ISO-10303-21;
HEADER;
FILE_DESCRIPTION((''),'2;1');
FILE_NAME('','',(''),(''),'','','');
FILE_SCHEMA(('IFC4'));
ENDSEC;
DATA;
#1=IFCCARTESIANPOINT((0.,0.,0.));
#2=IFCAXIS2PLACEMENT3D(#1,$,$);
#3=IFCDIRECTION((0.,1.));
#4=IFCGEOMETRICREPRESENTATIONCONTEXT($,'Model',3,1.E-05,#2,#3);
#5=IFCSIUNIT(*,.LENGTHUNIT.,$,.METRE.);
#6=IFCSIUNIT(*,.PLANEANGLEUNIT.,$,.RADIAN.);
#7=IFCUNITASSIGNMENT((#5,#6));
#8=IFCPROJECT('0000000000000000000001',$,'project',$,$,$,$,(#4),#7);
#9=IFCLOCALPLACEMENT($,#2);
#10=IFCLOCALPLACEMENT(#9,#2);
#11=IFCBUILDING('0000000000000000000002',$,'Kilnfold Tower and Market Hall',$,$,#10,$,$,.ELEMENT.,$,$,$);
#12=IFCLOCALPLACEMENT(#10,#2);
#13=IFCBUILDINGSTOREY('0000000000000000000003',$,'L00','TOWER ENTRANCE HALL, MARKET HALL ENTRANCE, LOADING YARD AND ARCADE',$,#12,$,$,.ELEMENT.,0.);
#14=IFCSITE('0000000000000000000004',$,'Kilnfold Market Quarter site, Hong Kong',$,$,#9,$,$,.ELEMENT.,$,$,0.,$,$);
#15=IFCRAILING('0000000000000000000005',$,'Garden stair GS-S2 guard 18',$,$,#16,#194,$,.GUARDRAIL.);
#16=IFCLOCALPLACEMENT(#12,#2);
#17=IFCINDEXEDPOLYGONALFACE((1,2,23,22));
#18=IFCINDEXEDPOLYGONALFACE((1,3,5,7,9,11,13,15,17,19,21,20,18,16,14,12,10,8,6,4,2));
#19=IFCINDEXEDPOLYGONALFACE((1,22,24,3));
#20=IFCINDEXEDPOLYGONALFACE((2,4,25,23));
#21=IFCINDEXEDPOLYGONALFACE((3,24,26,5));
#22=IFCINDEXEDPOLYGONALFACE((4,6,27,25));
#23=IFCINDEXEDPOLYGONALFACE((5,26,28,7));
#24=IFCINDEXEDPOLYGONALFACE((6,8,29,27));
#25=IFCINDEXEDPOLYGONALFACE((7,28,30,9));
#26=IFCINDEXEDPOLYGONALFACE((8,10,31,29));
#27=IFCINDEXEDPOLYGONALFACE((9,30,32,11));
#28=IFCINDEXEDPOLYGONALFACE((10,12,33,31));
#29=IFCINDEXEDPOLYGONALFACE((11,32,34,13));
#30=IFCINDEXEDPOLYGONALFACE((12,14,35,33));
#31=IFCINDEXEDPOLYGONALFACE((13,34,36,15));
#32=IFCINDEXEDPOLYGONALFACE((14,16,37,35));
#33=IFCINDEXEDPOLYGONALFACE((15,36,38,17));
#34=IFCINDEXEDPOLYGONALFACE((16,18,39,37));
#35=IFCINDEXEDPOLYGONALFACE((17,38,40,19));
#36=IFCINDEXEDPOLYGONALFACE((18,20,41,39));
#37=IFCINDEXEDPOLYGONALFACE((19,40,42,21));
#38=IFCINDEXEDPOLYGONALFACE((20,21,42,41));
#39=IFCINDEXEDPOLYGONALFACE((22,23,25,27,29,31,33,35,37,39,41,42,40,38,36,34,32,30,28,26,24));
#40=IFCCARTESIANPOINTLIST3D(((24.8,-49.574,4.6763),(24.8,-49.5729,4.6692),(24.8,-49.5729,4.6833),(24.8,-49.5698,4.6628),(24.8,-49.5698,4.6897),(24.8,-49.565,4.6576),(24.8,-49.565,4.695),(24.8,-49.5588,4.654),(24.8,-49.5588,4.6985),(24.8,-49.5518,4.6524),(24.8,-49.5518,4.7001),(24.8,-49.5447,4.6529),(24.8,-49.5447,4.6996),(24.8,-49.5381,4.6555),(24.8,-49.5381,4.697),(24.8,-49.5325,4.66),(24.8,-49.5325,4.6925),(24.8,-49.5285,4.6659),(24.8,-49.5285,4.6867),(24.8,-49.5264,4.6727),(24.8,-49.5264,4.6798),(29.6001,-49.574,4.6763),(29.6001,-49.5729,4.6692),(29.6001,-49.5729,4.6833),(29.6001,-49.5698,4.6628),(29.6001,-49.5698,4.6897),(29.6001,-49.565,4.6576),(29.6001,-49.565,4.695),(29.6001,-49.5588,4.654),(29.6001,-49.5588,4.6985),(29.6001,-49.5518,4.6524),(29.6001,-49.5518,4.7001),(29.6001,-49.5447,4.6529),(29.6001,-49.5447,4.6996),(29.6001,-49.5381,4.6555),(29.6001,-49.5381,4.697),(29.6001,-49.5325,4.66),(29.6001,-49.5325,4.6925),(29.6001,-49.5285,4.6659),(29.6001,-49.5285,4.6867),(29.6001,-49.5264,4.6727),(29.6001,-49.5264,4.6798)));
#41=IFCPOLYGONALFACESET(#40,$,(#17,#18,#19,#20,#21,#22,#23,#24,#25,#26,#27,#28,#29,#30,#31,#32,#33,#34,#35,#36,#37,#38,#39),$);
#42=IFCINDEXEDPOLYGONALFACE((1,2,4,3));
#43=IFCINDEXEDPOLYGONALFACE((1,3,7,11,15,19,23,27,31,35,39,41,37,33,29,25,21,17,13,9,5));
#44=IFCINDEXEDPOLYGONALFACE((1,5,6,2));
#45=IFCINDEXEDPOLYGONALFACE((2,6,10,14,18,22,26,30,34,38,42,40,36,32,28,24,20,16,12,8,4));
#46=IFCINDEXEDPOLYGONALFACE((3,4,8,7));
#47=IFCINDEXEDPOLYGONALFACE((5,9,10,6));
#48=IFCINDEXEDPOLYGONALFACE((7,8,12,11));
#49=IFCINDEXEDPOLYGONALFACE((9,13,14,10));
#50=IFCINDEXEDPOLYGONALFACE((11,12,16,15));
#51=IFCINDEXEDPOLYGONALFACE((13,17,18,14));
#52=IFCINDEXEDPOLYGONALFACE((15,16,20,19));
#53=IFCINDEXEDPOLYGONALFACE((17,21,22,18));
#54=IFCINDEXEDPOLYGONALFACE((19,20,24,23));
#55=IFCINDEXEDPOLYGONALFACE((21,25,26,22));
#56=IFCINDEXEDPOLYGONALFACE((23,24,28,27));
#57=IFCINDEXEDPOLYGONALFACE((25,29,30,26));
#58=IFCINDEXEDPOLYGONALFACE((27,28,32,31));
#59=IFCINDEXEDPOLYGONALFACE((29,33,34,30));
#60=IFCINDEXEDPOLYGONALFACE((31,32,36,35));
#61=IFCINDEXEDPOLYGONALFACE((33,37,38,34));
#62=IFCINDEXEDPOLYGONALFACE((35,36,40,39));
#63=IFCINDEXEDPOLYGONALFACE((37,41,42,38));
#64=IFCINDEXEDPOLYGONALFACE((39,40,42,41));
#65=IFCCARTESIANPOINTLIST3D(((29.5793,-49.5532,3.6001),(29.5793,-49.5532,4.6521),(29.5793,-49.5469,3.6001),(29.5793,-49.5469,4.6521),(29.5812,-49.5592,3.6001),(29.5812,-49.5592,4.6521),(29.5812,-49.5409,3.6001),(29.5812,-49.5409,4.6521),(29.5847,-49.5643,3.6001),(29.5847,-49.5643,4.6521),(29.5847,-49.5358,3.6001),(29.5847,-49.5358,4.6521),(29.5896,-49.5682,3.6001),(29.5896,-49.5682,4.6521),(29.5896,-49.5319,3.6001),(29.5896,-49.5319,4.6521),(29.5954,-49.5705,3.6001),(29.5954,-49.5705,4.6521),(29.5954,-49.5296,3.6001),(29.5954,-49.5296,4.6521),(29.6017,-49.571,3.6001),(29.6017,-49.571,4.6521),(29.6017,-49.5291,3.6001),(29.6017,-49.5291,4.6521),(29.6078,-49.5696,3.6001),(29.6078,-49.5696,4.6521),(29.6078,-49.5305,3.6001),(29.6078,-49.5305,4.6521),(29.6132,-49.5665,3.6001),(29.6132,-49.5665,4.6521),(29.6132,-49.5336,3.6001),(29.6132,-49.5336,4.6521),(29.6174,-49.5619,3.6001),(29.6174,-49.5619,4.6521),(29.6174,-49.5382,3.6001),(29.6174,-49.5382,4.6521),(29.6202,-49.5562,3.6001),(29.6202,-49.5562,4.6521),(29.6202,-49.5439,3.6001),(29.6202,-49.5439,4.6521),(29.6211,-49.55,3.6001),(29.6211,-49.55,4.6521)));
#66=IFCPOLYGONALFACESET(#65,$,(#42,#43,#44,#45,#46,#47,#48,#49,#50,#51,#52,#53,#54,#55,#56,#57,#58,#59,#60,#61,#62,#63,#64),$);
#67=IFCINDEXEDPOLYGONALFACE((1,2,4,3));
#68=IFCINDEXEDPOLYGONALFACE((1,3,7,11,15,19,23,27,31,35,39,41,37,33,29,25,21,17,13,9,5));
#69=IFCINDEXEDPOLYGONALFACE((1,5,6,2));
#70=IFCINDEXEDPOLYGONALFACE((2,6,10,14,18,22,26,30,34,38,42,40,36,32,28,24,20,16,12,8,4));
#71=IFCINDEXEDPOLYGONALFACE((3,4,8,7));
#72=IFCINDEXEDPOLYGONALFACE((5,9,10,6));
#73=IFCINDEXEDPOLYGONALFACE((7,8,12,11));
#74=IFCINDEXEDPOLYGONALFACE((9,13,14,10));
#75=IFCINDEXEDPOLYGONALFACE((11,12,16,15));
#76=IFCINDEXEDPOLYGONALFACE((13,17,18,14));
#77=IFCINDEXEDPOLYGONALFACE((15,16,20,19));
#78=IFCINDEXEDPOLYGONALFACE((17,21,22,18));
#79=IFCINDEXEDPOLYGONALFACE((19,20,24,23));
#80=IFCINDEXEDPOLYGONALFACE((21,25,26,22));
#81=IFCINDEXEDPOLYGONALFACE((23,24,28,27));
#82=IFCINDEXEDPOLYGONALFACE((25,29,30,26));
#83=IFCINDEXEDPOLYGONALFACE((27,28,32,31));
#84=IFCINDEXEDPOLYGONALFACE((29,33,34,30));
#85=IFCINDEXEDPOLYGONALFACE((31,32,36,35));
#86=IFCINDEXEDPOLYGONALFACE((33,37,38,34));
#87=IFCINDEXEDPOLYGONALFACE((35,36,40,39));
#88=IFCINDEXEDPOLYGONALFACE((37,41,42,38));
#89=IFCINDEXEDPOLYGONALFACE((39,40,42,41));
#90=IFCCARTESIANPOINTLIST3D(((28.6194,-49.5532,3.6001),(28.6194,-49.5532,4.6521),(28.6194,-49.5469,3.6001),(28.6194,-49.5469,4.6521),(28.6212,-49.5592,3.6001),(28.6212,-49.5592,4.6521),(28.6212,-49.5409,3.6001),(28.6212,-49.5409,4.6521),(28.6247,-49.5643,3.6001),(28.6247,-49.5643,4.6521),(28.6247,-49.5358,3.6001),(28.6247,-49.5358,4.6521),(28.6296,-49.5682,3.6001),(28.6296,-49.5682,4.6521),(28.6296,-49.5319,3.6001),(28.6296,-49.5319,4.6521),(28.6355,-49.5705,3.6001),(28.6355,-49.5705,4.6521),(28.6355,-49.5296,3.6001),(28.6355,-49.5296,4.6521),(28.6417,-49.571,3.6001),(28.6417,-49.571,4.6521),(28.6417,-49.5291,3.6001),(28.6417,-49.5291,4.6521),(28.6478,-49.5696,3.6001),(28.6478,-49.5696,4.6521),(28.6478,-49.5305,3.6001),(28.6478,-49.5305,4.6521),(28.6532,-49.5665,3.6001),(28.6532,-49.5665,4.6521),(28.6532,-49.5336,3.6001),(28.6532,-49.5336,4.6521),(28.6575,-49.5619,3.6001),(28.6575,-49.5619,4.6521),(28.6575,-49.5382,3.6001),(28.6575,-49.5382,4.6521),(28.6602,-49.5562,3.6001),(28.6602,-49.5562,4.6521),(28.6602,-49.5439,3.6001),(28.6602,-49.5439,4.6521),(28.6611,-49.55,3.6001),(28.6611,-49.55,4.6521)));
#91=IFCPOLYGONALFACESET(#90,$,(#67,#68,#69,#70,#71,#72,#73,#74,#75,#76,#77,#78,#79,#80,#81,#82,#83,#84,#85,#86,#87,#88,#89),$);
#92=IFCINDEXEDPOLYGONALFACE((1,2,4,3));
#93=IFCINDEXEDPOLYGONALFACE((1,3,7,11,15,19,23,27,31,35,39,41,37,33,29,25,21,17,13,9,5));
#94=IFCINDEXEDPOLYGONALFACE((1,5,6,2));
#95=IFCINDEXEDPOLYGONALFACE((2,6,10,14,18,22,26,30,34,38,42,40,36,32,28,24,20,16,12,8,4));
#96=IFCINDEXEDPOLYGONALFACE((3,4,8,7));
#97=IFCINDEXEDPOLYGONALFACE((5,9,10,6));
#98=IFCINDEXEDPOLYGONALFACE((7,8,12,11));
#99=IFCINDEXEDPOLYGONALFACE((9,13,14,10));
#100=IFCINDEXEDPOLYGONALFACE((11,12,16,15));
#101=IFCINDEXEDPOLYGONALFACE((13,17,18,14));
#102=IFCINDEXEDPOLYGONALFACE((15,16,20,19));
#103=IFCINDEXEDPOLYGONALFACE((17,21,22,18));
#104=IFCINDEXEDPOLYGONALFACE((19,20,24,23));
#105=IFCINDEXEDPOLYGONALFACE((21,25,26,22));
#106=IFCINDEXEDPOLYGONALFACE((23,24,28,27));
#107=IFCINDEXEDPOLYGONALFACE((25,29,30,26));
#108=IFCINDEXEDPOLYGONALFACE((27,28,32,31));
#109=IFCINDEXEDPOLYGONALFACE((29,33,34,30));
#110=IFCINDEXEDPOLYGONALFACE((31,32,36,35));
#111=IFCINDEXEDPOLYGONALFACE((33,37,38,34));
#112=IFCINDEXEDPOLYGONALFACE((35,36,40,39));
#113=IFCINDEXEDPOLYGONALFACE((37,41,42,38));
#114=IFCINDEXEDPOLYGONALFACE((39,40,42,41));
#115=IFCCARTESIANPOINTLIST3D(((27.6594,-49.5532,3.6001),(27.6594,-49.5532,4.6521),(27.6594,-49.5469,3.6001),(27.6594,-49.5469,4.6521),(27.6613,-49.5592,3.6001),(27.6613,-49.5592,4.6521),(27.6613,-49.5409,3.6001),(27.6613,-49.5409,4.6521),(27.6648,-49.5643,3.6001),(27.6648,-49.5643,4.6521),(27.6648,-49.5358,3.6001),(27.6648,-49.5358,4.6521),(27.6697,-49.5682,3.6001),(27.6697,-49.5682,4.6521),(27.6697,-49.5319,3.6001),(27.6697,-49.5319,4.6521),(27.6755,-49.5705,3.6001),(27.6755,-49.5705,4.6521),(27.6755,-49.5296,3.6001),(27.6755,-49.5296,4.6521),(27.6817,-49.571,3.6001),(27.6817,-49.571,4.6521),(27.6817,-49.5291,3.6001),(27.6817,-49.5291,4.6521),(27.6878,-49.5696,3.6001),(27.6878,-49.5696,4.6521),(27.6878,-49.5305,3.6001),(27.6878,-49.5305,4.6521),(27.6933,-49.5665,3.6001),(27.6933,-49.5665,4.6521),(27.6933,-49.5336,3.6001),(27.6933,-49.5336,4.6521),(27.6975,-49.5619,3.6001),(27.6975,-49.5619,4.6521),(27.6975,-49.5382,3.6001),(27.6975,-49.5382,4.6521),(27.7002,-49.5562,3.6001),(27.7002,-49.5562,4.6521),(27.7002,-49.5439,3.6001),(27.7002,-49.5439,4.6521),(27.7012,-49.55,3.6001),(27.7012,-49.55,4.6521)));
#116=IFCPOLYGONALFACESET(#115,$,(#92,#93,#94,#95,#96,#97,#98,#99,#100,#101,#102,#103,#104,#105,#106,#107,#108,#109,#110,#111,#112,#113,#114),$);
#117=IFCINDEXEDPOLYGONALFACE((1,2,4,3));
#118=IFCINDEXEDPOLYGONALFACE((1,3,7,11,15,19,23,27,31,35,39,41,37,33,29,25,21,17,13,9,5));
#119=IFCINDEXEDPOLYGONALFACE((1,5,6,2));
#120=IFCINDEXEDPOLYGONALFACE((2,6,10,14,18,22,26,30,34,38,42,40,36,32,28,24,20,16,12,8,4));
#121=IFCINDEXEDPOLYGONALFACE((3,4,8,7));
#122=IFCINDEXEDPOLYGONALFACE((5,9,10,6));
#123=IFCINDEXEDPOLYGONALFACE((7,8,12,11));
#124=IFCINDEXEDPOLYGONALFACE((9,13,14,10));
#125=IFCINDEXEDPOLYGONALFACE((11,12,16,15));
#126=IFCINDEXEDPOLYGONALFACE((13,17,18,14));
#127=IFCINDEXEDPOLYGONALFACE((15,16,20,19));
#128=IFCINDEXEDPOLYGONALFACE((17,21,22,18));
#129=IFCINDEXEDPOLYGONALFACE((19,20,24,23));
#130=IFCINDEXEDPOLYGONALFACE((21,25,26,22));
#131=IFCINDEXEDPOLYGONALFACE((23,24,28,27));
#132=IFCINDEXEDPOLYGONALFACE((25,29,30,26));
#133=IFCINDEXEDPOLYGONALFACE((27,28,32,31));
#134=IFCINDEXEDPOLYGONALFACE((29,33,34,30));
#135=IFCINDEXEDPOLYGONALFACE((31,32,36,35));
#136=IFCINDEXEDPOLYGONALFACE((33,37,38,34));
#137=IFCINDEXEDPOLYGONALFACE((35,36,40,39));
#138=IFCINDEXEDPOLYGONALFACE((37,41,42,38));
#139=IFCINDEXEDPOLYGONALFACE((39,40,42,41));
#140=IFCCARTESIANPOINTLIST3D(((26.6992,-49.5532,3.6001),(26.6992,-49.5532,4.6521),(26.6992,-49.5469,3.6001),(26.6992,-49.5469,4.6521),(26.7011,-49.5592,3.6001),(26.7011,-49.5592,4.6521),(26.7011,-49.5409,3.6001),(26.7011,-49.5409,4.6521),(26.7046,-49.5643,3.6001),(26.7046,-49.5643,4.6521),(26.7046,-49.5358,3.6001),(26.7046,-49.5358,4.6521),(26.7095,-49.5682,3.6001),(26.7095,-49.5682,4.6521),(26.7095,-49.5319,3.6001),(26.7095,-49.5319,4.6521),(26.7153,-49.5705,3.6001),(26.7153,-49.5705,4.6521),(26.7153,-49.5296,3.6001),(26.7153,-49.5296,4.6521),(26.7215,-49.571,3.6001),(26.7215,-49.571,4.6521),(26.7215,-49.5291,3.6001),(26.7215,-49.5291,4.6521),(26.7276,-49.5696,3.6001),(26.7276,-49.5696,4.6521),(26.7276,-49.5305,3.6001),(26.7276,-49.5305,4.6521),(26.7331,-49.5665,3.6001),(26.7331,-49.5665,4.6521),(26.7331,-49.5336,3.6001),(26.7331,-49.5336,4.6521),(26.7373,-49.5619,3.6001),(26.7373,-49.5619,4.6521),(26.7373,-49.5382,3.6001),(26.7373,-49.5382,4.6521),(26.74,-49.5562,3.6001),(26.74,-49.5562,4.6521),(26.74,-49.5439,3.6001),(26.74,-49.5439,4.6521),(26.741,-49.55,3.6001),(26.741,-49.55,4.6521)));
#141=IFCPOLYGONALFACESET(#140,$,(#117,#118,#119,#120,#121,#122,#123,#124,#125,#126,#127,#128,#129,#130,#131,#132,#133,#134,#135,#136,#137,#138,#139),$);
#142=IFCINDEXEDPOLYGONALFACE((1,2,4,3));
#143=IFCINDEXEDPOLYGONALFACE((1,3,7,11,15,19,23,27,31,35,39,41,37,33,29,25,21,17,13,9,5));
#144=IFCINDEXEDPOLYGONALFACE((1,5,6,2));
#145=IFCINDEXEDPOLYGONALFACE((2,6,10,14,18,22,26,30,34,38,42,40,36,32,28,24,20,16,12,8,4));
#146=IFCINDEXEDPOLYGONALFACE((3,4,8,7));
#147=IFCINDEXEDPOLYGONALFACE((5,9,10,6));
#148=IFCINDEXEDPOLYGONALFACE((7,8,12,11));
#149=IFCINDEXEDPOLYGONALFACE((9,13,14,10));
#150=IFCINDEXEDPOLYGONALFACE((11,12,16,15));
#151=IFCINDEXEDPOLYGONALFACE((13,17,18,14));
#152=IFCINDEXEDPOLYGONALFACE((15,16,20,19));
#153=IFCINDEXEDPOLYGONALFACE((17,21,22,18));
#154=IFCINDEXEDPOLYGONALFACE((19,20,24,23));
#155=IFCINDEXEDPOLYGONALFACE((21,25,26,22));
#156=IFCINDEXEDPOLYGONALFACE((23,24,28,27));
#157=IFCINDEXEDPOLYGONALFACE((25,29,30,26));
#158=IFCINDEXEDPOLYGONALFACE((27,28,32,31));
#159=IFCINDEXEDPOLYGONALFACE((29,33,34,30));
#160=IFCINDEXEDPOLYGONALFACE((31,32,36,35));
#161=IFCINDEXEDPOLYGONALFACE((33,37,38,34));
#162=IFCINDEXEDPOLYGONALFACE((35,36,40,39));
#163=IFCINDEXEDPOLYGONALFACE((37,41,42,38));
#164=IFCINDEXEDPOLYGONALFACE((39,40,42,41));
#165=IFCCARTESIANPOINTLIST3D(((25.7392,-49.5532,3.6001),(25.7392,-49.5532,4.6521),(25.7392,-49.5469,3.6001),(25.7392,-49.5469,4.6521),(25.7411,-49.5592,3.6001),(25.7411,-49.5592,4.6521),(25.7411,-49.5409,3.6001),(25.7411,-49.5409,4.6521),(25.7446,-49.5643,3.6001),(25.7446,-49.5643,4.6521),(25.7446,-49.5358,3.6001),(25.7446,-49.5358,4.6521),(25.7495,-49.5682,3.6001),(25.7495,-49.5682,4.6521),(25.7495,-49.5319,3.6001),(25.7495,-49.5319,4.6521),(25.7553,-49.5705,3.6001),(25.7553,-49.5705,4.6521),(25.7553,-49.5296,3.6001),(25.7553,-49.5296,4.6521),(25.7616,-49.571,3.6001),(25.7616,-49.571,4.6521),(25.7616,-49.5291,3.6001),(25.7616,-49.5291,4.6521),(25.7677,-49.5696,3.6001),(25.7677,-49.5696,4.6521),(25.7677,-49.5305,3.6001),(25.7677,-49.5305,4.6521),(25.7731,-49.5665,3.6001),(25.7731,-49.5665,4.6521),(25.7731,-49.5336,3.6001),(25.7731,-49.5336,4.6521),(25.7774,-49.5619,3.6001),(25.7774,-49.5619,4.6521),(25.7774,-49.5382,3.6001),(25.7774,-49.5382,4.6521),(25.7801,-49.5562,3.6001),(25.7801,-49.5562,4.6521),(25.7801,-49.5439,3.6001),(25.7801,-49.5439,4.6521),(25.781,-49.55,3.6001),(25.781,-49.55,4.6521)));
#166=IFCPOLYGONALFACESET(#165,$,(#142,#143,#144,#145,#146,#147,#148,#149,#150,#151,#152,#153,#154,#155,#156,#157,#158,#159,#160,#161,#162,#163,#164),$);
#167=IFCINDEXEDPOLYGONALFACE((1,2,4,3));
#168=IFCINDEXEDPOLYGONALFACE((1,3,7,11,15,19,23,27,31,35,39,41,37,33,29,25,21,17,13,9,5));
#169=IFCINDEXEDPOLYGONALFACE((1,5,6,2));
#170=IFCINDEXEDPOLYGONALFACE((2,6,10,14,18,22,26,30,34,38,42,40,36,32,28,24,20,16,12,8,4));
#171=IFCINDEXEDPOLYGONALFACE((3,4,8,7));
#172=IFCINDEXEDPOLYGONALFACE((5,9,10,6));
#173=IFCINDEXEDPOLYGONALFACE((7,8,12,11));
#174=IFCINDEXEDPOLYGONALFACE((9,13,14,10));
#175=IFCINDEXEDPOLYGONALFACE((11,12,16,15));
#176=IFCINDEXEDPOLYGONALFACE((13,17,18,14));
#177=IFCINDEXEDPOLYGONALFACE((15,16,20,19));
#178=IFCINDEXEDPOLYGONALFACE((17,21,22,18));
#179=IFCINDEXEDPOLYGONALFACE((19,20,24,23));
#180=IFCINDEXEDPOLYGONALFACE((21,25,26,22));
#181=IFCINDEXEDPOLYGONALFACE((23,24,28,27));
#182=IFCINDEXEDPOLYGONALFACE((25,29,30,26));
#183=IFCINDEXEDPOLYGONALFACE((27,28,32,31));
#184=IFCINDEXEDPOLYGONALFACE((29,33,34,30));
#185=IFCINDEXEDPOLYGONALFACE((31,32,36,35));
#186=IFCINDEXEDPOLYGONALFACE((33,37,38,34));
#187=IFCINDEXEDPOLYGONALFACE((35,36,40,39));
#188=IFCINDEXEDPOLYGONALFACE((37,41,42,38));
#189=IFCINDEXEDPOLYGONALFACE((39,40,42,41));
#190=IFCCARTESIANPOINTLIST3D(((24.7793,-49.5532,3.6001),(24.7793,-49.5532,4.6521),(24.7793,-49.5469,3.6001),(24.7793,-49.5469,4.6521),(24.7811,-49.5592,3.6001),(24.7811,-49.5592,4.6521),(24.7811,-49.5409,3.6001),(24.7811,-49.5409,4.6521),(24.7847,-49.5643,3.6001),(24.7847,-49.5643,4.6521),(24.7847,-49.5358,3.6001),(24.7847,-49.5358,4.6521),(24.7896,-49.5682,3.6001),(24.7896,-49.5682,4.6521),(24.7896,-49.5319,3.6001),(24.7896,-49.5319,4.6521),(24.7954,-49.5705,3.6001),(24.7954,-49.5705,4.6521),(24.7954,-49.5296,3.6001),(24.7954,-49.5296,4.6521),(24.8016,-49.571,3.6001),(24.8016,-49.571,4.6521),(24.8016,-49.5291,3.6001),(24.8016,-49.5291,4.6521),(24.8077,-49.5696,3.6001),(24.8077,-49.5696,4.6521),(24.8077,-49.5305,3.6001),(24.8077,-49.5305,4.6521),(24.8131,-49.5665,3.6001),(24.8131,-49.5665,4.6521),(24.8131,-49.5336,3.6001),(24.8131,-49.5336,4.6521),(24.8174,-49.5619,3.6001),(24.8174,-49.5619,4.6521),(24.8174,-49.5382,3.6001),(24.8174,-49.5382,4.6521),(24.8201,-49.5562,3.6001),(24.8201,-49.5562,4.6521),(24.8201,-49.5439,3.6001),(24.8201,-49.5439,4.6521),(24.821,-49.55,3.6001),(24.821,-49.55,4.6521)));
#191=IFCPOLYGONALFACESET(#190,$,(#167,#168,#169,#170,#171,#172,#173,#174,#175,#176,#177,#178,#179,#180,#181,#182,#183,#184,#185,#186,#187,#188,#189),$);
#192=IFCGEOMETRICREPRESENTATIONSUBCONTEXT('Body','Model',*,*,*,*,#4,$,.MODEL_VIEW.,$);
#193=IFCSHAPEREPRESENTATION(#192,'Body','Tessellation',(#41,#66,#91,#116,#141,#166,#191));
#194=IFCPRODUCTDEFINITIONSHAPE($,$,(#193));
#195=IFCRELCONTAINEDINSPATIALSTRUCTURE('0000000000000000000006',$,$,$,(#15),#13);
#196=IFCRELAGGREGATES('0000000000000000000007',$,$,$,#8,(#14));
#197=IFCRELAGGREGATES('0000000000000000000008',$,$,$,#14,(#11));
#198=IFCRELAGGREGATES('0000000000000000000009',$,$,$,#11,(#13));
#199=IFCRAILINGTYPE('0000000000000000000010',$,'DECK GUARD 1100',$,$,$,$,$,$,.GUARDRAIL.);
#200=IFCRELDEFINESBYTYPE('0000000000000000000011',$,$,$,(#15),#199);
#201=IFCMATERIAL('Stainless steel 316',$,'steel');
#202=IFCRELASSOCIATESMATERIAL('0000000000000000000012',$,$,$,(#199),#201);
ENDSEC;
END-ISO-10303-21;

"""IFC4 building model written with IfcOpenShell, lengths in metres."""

from ifc_helpers import new_model, si_unit, direction, frame, origin, origin_2d, place, context, subcontext, project, spatial, circle, extrude, material, type_object, element, save


model = new_model("IFC4")

# Units and contexts
model_context = context("Model", 3, precision=1e-05, world=origin(), true_north=direction((0.0, 1.0)))
body_context = subcontext(model_context, "Body", "Model", "MODEL_VIEW")
ifc_project = project(units=[si_unit("LENGTHUNIT", "METRE"), si_unit("PLANEANGLEUNIT", "RADIAN")], contexts=[model_context])

# Site, building, storey
site_placement = place(None, origin())
site = spatial("IfcSite", under=ifc_project, at=site_placement, Name="Kilnfold Market Quarter site, Hong Kong", CompositionType="ELEMENT", RefElevation=0.0)
building_placement = place(site_placement, origin())
building = spatial("IfcBuilding", under=site, at=building_placement, Name="Kilnfold Tower and Market Hall", CompositionType="ELEMENT")
storey_placement = place(building_placement, origin())
storey = spatial("IfcBuildingStorey", under=building, at=storey_placement, Name="L00", Description="TOWER ENTRANCE HALL, MARKET HALL ENTRANCE, LOADING YARD AND ARCADE", CompositionType="ELEMENT", Elevation=0.0)

# Railing
ifc_material_1 = material(Name="Stainless steel 316", Category="steel")
railing_type_1 = type_object("IfcRailingType", Name="DECK GUARD 1100", PredefinedType="GUARDRAIL", material=ifc_material_1)
railing_1_placement = place(storey_placement, frame((29.6001, -49.55, 3.6001)))
element("IfcRailing", 1, at=railing_1_placement, inside=storey, type_object=railing_type_1, Name="Garden stair GS-S2 guard 18", PredefinedType="GUARDRAIL", context=body_context, shape_type="SweptSolid", body=[
    extrude(circle(Radius=0.0239, at=origin_2d()), frame((0.0, 0.0, 1.0762), z_axis=(-1.0, 0.0, 0.0), x_axis=(0.0, -1.0, 0.0)), (0.0, 0.0, 1.0), 4.8),
    extrude(circle(Radius=0.021, at=origin_2d()), origin(), (0.0, 0.0, 1.0), 1.052),
    extrude(circle(Radius=0.021, at=origin_2d()), frame((-0.96, 0.0, 0.0)), (0.0, 0.0, 1.0), 1.052),
    extrude(circle(Radius=0.021, at=origin_2d()), frame((-1.9199, 0.0, 0.0)), (0.0, 0.0, 1.0), 1.052),
    extrude(circle(Radius=0.021, at=origin_2d()), frame((-2.8801, 0.0, 0.0)), (0.0, 0.0, 1.0), 1.052),
    extrude(circle(Radius=0.021, at=origin_2d()), frame((-3.8401, 0.0, 0.0)), (0.0, 0.0, 1.0), 1.052),
    extrude(circle(Radius=0.021, at=origin_2d()), frame((-4.8, 0.0, 0.0)), (0.0, 0.0, 1.0), 1.052),
])

save(model, "model.ifc")
